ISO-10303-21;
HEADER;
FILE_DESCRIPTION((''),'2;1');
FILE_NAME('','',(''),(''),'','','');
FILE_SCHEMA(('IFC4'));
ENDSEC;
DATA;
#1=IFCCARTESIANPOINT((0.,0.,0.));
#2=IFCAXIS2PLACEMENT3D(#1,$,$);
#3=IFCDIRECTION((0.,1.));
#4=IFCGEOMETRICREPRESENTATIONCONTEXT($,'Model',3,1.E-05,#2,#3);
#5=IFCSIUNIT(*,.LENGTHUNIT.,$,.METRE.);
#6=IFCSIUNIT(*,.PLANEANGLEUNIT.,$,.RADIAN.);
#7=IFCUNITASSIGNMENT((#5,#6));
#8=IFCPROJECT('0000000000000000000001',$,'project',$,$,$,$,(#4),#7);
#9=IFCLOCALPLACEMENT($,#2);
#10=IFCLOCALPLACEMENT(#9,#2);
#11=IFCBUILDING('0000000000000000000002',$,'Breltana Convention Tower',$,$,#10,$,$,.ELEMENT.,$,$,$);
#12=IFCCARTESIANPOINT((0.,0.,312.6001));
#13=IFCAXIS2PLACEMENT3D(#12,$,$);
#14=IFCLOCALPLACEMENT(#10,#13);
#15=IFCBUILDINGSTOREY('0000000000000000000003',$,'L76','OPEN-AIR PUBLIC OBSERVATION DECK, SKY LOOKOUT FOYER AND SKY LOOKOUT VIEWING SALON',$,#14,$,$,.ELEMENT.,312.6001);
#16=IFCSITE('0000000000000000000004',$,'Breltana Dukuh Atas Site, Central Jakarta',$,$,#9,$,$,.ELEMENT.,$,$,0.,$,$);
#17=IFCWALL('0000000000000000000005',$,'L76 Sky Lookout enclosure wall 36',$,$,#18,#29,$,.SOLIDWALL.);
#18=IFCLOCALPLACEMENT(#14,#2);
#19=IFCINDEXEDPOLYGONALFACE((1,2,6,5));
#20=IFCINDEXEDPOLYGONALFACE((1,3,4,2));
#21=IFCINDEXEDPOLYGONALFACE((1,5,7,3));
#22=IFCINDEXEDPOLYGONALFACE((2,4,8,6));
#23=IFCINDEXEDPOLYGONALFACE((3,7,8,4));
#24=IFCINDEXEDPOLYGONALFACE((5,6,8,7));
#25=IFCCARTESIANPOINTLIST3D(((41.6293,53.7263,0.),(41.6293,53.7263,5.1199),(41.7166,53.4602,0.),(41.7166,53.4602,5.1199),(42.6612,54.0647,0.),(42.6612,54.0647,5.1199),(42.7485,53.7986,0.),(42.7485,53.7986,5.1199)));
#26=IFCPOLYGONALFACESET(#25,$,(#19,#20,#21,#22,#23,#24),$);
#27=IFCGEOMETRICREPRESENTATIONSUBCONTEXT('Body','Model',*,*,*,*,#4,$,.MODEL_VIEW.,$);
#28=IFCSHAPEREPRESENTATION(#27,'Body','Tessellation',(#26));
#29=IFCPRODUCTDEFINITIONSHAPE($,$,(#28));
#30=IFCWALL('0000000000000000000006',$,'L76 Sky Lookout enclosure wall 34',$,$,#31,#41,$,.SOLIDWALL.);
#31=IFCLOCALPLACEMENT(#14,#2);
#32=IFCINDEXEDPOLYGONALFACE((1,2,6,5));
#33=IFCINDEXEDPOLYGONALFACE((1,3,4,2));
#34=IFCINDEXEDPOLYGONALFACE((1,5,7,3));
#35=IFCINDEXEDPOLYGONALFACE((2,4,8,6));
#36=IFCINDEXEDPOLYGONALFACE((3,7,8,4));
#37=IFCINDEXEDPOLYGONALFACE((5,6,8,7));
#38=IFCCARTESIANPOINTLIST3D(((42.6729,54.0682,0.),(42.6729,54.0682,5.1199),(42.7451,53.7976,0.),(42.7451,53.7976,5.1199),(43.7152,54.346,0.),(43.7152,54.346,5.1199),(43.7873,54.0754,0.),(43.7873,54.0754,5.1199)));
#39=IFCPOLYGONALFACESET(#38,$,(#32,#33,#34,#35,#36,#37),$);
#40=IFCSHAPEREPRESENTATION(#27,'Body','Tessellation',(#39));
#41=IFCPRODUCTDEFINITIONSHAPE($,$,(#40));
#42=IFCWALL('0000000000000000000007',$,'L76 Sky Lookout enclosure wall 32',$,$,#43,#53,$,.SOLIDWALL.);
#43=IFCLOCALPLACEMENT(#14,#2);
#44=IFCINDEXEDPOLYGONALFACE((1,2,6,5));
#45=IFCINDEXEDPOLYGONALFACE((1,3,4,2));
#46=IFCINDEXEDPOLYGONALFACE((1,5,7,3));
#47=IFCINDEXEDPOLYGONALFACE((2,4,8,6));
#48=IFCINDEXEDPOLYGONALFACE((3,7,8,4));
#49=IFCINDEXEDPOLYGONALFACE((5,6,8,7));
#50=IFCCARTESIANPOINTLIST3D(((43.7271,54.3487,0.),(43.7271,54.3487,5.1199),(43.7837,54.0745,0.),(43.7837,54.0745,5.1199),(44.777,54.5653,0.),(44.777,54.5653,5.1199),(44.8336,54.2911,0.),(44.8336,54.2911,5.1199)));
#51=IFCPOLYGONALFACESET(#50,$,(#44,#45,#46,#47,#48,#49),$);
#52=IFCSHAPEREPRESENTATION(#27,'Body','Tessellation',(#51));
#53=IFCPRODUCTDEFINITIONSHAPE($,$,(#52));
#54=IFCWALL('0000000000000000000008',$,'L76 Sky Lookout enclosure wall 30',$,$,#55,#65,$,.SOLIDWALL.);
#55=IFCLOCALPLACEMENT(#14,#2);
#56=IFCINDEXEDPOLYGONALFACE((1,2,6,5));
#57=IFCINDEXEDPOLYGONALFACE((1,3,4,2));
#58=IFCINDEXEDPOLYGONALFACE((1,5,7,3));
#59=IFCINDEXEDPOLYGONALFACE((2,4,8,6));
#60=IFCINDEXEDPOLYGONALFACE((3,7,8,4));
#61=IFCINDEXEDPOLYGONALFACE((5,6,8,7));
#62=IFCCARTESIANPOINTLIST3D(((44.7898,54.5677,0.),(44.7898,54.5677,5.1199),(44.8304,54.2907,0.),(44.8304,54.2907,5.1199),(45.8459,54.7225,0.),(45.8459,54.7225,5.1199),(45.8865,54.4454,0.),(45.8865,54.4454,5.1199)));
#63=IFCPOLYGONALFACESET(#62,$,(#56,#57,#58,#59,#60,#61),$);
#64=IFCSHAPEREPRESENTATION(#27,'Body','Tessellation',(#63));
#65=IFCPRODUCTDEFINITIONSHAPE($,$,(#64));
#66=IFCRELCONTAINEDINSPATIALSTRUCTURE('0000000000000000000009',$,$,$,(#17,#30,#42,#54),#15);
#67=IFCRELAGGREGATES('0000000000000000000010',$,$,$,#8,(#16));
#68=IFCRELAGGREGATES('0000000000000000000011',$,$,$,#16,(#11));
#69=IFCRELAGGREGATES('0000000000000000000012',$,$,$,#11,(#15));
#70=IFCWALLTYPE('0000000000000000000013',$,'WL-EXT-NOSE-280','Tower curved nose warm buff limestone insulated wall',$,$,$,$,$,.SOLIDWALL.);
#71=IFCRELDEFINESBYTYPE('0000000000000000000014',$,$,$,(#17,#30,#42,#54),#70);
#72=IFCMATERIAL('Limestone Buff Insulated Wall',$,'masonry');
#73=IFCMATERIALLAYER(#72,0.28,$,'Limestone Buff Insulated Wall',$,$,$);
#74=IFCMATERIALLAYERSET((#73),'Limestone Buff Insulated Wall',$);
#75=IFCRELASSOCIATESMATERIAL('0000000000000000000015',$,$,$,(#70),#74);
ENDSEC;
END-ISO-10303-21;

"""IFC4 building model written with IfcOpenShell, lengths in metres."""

from ifc_helpers import new_model, si_unit, direction, frame, frame_2d, origin, place, context, subcontext, project, spatial, rectangle, extrude, source, transform, mapped, material, layer, layer_set, type_object, element, save


model = new_model("IFC4")

# Units and contexts
model_context = context("Model", 3, precision=1e-05, world=origin(), true_north=direction((0.0, 1.0)))
body_context = subcontext(model_context, "Body", "Model", "MODEL_VIEW")
ifc_project = project(units=[si_unit("LENGTHUNIT", "METRE"), si_unit("PLANEANGLEUNIT", "RADIAN")], contexts=[model_context])

# Site, building, storey
site_placement = place(None, origin())
site = spatial("IfcSite", under=ifc_project, at=site_placement, Name="Breltana Dukuh Atas Site, Central Jakarta", CompositionType="ELEMENT", RefElevation=0.0)
building_placement = place(site_placement, origin())
building = spatial("IfcBuilding", under=site, at=building_placement, Name="Breltana Convention Tower", CompositionType="ELEMENT")
storey_placement = place(building_placement, frame((0.0, 0.0, 312.6001)))
storey = spatial("IfcBuildingStorey", under=building, at=storey_placement, Name="L76", Description="OPEN-AIR PUBLIC OBSERVATION DECK, SKY LOOKOUT FOYER AND SKY LOOKOUT VIEWING SALON", CompositionType="ELEMENT", Elevation=312.6001)

# Shared definitions
ifc_material_1 = material(Name="Limestone Buff Insulated Wall", Category="masonry")
ifc_layer_1 = layer(ifc_material_1, 0.28, Name="Limestone Buff Insulated Wall")
ifc_layer_set_1 = layer_set([ifc_layer_1], Name="Limestone Buff Insulated Wall")
wall_type = type_object("IfcWallType", Name="WL-EXT-NOSE-280", Description="Tower curved nose warm buff limestone insulated wall", PredefinedType="SOLIDWALL", material=ifc_layer_set_1)

# Walls
shared_shape_1 = source(origin(), body_context, "Body", "SweptSolid", [
    extrude(rectangle(XDim=1.0859, YDim=0.28, at=frame_2d((0.543, 0.0))), origin(), (0.0, 0.0, 1.0), 5.1199),
])
wall_1_placement = place(storey_placement, frame((42.7048, 53.9316, 0.0), z_axis=(0.0, 0.0, 1.0), x_axis=(-0.950223, -0.311571, 0.0)))
element("IfcWall", 1, at=wall_1_placement, inside=storey, type_object=wall_type, Name="L76 Sky Lookout enclosure wall 36", PredefinedType="SOLIDWALL", context=body_context, shape_type="MappedRepresentation", body=[
    mapped(shared_shape_1, transform((0.0, 0.0, 0.0), scale=1.0)),
])
shared_shape_2 = source(origin(), body_context, "Body", "SweptSolid", [
    extrude(rectangle(XDim=1.0786, YDim=0.28, at=frame_2d((0.5393, 0.0))), origin(), (0.0, 0.0, 1.0), 5.1199),
])
wall_2_placement = place(storey_placement, frame((43.7512, 54.2107, 0.0), z_axis=(0.0, 0.0, 1.0), x_axis=(-0.966257, -0.257578, 0.0)))
element("IfcWall", 2, at=wall_2_placement, inside=storey, type_object=wall_type, Name="L76 Sky Lookout enclosure wall 34", PredefinedType="SOLIDWALL", context=body_context, shape_type="MappedRepresentation", body=[
    mapped(shared_shape_2, transform((0.0, 0.0, 0.0), scale=1.0)),
])
shared_shape_3 = source(origin(), body_context, "Body", "SweptSolid", [
    extrude(rectangle(XDim=1.072, YDim=0.28, at=frame_2d((0.5361, 0.0))), origin(), (0.0, 0.0, 1.0), 5.1199),
])
wall_3_placement = place(storey_placement, frame((44.8054, 54.4282, 0.0), z_axis=(0.0, 0.0, 1.0), x_axis=(-0.97938, -0.202026, 0.0)))
element("IfcWall", 3, at=wall_3_placement, inside=storey, type_object=wall_type, Name="L76 Sky Lookout enclosure wall 32", PredefinedType="SOLIDWALL", context=body_context, shape_type="MappedRepresentation", body=[
    mapped(shared_shape_3, transform((0.0, 0.0, 0.0), scale=1.0)),
])
shared_shape_4 = source(origin(), body_context, "Body", "SweptSolid", [
    extrude(rectangle(XDim=1.0674, YDim=0.28, at=frame_2d((0.5337, 0.0))), origin(), (0.0, 0.0, 1.0), 5.1199),
])
wall_4_placement = place(storey_placement, frame((45.8662, 54.584, 0.0), z_axis=(0.0, 0.0, 1.0), x_axis=(-0.989431, -0.145007, 0.0)))
element("IfcWall", 4, at=wall_4_placement, inside=storey, type_object=wall_type, Name="L76 Sky Lookout enclosure wall 30", PredefinedType="SOLIDWALL", context=body_context, shape_type="MappedRepresentation", body=[
    mapped(shared_shape_4, transform((0.0, 0.0, 0.0), scale=1.0)),
])

save(model, "model.ifc")
